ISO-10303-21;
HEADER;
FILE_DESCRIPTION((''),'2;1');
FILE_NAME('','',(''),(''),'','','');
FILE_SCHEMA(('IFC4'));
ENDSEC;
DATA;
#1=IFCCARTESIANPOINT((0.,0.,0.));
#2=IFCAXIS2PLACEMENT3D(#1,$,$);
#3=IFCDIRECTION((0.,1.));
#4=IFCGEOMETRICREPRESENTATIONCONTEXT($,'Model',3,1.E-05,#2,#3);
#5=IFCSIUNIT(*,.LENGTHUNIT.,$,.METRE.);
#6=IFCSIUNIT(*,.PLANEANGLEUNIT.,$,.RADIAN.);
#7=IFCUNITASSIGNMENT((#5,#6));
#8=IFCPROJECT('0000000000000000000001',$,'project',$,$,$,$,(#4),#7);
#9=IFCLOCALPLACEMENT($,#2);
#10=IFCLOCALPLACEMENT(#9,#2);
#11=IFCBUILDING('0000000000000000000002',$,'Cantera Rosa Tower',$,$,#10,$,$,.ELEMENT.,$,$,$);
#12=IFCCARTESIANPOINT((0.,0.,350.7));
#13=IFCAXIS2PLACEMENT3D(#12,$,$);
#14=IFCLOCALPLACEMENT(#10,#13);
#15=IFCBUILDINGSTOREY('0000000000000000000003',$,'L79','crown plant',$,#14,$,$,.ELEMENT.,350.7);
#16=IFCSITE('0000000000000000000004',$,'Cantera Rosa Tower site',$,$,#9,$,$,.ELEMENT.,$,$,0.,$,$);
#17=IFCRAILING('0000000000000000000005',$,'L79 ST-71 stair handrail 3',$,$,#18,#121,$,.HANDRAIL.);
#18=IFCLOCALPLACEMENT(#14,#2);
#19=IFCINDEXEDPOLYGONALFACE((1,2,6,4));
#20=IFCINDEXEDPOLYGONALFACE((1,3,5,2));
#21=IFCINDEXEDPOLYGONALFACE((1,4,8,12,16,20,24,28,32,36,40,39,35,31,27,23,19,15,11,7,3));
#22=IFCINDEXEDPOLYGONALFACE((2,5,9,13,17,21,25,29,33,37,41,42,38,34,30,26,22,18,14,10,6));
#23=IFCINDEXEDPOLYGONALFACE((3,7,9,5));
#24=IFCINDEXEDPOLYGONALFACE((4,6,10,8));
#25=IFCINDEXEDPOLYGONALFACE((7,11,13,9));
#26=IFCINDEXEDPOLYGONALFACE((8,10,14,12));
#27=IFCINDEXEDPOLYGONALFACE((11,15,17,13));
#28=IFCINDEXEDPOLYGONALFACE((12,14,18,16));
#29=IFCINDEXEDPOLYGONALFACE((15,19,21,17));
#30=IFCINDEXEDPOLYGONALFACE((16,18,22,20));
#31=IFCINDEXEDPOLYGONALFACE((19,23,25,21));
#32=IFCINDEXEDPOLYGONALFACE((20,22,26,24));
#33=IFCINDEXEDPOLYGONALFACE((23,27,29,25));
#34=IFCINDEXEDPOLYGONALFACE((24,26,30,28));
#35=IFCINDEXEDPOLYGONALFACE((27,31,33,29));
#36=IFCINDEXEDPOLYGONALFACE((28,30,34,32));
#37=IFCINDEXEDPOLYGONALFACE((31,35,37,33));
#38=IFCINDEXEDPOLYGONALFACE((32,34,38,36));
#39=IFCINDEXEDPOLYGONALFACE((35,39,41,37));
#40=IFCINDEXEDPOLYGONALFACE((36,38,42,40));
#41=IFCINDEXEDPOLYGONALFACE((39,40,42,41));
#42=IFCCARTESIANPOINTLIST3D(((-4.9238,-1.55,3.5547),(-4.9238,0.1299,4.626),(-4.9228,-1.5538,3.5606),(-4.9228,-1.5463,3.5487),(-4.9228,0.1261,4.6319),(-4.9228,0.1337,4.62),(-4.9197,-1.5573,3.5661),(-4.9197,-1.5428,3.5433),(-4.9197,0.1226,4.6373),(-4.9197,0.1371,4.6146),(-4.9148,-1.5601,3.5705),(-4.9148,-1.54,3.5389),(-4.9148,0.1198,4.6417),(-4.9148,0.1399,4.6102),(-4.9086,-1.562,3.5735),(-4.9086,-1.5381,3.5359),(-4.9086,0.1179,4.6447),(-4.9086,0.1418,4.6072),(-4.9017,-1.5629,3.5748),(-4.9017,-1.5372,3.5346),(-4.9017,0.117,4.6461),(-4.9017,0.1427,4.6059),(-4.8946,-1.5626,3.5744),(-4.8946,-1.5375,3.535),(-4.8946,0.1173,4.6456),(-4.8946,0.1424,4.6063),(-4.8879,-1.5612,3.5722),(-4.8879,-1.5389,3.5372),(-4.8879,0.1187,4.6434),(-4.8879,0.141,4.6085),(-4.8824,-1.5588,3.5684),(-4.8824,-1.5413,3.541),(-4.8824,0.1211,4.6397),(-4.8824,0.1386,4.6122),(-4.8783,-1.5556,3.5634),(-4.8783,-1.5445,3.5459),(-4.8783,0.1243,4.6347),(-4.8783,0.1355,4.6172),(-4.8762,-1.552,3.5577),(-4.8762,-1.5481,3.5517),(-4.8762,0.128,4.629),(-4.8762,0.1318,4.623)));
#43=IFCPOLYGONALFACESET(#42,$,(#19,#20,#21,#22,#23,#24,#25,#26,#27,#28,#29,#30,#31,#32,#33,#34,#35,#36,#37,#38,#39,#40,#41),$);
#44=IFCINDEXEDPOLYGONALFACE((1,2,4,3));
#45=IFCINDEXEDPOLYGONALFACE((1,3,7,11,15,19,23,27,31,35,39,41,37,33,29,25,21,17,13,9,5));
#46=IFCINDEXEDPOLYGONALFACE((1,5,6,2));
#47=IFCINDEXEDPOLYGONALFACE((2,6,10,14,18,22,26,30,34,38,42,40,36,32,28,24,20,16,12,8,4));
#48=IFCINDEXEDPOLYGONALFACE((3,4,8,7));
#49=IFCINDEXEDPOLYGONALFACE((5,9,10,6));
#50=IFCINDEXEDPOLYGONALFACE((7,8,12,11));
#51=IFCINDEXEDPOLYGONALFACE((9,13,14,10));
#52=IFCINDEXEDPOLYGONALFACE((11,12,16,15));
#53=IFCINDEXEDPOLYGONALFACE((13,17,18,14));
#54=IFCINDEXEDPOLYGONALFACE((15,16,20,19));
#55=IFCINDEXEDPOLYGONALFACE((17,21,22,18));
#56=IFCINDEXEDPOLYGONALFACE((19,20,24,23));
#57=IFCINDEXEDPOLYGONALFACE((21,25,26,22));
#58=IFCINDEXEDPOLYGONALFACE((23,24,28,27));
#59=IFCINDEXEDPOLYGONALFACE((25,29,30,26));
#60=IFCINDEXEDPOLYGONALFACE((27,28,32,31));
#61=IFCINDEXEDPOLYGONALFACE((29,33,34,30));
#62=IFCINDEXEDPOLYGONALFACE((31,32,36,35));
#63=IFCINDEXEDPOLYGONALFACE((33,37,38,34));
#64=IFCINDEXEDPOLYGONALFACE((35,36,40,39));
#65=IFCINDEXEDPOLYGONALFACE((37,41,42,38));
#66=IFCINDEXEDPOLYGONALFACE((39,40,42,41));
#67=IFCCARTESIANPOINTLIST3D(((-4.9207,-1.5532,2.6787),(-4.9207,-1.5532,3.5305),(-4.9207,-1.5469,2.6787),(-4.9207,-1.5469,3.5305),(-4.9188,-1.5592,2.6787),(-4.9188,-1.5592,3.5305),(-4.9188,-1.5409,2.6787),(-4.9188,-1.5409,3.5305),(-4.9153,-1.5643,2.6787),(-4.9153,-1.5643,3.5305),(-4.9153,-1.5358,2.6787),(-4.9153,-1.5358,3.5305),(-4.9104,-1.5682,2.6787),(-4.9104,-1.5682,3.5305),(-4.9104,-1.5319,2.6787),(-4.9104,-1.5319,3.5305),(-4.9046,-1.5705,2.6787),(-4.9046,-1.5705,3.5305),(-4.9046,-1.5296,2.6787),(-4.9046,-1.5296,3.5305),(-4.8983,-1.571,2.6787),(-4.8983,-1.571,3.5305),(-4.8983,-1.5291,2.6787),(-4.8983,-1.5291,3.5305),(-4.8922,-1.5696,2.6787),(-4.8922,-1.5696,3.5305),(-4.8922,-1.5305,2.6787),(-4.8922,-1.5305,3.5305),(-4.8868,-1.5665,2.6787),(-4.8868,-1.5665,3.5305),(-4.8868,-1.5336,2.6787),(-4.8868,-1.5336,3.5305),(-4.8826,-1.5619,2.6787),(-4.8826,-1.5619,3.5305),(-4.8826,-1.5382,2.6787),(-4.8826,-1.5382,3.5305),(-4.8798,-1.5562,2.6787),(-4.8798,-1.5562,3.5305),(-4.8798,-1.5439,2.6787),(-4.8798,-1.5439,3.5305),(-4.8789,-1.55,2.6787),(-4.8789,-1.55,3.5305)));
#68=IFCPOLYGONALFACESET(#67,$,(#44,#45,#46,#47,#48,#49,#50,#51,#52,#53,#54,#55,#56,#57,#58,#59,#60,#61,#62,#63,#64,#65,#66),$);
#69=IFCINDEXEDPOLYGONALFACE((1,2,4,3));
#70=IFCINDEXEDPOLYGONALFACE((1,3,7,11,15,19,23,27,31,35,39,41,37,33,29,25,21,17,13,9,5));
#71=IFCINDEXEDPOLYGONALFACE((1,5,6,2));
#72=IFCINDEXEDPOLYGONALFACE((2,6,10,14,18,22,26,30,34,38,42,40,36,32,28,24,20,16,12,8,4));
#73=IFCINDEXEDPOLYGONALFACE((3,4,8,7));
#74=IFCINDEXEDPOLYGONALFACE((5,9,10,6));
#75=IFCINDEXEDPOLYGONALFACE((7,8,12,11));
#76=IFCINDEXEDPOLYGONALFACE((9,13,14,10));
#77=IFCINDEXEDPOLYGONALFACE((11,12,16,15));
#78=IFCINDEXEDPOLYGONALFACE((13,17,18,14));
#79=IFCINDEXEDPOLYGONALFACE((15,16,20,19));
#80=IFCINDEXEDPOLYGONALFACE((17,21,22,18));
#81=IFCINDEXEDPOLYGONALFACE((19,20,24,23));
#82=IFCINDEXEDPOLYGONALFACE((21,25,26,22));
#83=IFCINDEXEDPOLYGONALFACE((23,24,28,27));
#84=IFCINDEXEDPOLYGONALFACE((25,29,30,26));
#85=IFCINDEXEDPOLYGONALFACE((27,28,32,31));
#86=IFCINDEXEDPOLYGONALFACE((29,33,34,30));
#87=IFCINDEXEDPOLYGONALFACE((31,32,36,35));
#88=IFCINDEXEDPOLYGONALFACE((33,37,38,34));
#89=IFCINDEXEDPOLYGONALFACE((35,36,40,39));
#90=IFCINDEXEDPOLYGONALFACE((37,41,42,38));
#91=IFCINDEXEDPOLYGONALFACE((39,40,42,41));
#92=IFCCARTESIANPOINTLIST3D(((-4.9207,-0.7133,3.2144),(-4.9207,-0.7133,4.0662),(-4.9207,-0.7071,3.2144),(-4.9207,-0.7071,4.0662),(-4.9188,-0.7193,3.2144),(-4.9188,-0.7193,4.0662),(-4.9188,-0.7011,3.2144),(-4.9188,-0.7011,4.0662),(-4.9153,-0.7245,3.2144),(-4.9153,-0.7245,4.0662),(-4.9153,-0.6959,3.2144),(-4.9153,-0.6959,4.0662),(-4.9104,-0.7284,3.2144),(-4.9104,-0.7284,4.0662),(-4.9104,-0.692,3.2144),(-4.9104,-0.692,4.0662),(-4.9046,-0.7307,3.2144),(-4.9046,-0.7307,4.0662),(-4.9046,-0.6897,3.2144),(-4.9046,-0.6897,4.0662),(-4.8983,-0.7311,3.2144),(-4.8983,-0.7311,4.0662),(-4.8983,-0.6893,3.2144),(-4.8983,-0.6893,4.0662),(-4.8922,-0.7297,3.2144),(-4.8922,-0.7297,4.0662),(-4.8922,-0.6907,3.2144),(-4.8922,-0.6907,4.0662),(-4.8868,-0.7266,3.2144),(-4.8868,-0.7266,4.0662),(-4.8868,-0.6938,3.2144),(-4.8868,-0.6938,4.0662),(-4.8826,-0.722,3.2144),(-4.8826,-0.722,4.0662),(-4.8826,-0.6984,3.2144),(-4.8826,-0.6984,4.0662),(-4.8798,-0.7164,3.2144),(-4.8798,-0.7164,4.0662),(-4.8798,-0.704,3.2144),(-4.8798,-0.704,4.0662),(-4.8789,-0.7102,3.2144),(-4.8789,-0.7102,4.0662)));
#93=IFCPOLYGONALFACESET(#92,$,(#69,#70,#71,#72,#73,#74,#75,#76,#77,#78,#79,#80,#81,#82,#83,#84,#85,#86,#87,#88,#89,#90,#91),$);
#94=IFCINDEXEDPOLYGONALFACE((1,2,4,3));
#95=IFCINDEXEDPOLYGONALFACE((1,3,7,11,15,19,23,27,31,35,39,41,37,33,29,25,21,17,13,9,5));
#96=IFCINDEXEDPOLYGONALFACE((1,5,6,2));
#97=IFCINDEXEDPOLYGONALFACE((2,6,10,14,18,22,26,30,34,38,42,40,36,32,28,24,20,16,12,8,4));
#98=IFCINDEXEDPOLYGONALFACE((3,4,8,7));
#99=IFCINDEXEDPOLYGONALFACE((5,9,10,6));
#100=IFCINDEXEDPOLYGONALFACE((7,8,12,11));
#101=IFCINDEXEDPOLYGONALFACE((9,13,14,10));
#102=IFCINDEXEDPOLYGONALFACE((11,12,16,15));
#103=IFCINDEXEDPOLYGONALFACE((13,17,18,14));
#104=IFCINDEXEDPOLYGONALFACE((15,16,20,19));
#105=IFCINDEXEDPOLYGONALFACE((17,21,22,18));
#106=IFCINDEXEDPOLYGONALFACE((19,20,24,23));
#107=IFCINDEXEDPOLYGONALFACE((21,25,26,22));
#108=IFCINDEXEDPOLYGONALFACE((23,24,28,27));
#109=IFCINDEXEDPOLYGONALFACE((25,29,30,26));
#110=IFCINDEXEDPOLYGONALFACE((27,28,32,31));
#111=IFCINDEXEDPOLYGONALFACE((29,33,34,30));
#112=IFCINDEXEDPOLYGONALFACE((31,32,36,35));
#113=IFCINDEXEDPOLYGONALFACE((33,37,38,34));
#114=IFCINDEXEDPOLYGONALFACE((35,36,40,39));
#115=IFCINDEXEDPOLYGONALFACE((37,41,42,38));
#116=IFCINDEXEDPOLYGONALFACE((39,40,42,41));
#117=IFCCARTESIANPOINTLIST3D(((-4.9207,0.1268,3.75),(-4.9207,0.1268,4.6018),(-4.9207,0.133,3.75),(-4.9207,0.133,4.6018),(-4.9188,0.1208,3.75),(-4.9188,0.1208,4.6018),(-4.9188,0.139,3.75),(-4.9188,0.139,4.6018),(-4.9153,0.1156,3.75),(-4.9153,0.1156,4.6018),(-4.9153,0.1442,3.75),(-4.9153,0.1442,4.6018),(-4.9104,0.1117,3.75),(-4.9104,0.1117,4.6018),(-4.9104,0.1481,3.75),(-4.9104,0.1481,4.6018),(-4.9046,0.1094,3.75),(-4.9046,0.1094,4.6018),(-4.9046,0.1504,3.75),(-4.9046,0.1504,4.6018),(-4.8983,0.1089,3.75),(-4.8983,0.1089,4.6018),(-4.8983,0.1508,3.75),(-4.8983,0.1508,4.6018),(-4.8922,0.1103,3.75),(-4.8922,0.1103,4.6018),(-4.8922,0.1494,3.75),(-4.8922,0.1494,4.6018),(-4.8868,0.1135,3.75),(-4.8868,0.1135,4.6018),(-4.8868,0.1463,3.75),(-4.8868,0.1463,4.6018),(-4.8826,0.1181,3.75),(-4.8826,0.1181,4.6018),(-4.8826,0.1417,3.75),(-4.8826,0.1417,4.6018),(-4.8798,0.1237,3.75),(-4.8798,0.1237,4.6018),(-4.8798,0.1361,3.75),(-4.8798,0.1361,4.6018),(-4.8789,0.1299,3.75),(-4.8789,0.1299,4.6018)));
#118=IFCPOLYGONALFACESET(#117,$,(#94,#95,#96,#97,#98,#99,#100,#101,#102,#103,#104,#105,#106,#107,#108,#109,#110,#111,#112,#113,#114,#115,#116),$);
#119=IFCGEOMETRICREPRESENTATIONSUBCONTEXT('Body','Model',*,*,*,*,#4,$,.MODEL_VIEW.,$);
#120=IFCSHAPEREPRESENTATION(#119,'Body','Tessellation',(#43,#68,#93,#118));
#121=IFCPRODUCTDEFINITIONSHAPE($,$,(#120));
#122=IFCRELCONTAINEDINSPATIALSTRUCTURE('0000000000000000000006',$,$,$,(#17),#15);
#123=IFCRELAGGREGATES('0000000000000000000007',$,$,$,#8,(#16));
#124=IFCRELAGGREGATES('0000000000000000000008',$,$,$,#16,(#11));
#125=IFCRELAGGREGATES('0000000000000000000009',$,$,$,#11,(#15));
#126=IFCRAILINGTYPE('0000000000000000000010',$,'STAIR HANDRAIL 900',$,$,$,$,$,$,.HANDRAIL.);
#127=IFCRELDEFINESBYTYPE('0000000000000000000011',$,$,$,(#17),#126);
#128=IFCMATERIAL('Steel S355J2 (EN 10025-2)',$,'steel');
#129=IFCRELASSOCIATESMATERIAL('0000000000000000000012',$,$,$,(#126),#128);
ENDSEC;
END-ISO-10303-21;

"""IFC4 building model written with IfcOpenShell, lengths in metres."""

from ifc_helpers import new_model, si_unit, direction, frame, origin, origin_2d, place, context, subcontext, project, spatial, circle, extrude, material, type_object, element, save


model = new_model("IFC4")

# Units and contexts
model_context = context("Model", 3, precision=1e-05, world=origin(), true_north=direction((0.0, 1.0)))
body_context = subcontext(model_context, "Body", "Model", "MODEL_VIEW")
ifc_project = project(units=[si_unit("LENGTHUNIT", "METRE"), si_unit("PLANEANGLEUNIT", "RADIAN")], contexts=[model_context])

# Site, building, storey
site_placement = place(None, origin())
site = spatial("IfcSite", under=ifc_project, at=site_placement, Name="Cantera Rosa Tower site", CompositionType="ELEMENT", RefElevation=0.0)
building_placement = place(site_placement, origin())
building = spatial("IfcBuilding", under=site, at=building_placement, Name="Cantera Rosa Tower", CompositionType="ELEMENT")
storey_placement = place(building_placement, frame((0.0, 0.0, 350.7)))
storey = spatial("IfcBuildingStorey", under=building, at=storey_placement, Name="L79", Description="crown plant", CompositionType="ELEMENT", Elevation=350.7)

# Railing
ifc_material_1 = material(Name="Steel S355J2 (EN 10025-2)", Category="steel")
railing_type_1 = type_object("IfcRailingType", Name="STAIR HANDRAIL 900", PredefinedType="HANDRAIL", material=ifc_material_1)
for number, where, name in (
    (1, (-4.8999, -1.55, 2.6787), "L79 ST-71 stair handrail 3"),
):
    element("IfcRailing", number, at=place(storey_placement, frame(where)), inside=storey, type_object=railing_type_1, Name=name, PredefinedType="HANDRAIL", context=body_context, shape_type="SweptSolid", body=[
        extrude(circle(Radius=0.0239, at=origin_2d()), frame((0.0, 0.0, 0.876), z_axis=(0.0, 0.843152, 0.537676), x_axis=(-1.0, 0.0, 0.0)), (0.0, 0.0, 1.0), 1.9924),
        extrude(circle(Radius=0.021, at=origin_2d()), origin(), (0.0, 0.0, 1.0), 0.8518),
        extrude(circle(Radius=0.021, at=origin_2d()), frame((0.0, 0.8398, 0.5356)), (0.0, 0.0, 1.0), 0.8518),
        extrude(circle(Radius=0.021, at=origin_2d()), frame((0.0, 1.6799, 1.0713)), (0.0, 0.0, 1.0), 0.8518),
    ])

save(model, "model.ifc")
